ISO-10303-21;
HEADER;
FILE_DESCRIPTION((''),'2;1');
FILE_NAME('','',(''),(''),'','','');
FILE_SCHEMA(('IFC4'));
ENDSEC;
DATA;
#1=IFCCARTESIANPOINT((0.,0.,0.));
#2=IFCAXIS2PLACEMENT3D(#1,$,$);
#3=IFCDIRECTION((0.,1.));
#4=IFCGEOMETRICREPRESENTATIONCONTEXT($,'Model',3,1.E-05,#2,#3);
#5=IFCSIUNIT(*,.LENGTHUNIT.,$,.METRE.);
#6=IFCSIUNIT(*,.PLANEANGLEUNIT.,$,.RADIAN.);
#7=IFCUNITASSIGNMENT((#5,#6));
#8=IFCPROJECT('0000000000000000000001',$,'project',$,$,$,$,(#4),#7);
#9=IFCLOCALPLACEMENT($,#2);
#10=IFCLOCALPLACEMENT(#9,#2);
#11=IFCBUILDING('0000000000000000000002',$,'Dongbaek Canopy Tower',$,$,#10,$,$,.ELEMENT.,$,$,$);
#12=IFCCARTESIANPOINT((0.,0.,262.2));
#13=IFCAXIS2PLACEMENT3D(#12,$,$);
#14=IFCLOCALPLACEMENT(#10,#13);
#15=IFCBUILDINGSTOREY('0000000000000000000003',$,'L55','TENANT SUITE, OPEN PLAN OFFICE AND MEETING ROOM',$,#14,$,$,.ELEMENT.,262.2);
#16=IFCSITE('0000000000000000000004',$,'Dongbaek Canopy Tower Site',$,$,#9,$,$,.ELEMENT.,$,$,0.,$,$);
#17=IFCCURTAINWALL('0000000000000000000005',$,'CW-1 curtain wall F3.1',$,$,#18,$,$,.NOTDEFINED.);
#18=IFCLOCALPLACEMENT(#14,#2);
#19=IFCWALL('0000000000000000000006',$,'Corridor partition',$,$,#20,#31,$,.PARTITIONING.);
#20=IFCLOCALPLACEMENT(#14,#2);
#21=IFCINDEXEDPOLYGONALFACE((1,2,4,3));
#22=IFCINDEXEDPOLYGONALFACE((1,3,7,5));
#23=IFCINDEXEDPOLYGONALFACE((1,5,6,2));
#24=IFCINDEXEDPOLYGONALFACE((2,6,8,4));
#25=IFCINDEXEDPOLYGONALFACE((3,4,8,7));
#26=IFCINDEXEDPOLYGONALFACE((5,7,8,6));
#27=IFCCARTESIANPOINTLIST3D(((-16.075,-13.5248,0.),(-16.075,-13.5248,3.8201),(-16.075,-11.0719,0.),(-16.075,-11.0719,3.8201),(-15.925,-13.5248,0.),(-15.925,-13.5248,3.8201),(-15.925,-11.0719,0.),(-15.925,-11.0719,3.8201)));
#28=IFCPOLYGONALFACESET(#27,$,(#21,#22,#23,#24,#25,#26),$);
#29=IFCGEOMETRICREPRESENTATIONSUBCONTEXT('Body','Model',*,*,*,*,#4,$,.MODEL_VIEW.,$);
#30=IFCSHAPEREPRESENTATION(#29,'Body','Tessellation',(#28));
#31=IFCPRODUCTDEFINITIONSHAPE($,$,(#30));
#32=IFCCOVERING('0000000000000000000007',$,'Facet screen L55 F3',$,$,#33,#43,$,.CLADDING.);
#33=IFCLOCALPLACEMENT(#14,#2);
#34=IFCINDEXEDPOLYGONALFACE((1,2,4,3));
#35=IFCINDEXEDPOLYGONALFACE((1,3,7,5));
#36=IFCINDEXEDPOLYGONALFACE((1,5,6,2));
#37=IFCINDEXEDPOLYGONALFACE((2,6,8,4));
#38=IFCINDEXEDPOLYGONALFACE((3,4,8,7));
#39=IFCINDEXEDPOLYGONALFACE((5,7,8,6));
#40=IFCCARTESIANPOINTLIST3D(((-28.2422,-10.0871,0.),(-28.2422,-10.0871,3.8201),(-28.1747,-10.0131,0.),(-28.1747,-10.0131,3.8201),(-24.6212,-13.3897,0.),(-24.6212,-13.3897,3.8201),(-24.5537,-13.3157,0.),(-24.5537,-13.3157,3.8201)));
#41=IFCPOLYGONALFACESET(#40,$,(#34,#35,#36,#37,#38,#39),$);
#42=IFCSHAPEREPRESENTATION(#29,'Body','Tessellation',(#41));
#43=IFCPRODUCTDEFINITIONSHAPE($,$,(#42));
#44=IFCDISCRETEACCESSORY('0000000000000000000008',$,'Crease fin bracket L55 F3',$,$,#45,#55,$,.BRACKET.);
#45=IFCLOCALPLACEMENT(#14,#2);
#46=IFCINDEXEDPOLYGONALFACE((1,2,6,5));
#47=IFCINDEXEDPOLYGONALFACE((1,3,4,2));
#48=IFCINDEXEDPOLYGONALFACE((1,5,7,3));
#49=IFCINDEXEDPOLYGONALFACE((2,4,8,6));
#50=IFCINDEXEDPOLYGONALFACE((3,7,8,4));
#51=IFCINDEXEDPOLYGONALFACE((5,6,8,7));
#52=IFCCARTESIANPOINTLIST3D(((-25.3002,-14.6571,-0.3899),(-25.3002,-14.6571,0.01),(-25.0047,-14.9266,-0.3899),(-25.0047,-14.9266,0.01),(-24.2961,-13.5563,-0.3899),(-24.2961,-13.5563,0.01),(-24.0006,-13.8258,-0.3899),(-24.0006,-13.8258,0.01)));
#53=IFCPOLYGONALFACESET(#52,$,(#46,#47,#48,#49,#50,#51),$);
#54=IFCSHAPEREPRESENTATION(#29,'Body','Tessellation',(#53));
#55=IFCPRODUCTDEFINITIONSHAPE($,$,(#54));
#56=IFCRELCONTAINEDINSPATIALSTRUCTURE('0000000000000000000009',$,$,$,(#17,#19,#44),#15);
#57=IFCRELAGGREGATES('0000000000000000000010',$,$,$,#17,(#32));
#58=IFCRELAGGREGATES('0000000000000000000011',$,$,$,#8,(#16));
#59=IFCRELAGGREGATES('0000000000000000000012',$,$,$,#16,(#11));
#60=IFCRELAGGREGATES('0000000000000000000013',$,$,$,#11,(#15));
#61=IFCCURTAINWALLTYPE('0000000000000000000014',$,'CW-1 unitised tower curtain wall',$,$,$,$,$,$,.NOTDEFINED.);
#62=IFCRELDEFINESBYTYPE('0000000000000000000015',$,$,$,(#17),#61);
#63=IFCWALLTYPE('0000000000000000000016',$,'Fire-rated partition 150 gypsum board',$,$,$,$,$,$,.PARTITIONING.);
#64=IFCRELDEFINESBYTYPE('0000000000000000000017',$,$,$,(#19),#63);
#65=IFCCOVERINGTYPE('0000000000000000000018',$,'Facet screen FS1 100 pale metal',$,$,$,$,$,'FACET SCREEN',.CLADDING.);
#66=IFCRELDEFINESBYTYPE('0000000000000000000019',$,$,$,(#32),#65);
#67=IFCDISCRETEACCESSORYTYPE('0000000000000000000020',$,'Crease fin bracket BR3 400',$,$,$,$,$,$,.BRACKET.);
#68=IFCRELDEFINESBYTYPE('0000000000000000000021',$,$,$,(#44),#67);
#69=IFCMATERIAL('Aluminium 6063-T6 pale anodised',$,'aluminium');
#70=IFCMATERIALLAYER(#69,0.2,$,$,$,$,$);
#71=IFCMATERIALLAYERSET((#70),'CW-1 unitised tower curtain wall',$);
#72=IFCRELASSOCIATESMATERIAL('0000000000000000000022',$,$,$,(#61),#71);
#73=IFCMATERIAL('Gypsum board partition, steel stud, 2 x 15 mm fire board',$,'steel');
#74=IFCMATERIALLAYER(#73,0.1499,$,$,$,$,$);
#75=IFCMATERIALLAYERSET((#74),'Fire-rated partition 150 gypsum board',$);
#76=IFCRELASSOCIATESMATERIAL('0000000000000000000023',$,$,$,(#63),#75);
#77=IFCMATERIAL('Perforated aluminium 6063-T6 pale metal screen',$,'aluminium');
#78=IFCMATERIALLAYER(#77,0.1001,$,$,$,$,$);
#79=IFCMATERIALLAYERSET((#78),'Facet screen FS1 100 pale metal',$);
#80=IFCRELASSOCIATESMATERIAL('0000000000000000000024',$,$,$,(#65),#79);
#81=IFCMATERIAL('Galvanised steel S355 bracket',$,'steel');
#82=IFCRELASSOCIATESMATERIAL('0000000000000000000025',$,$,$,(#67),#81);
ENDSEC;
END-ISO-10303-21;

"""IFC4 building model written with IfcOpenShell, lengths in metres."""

from ifc_helpers import new_model, si_unit, direction, frame, frame_2d, origin, origin_2d, place, context, subcontext, project, spatial, rectangle, extrude, material, layer, layer_set, type_object, element, aggregate, save


model = new_model("IFC4")

# Units and contexts
model_context = context("Model", 3, precision=1e-05, world=origin(), true_north=direction((0.0, 1.0)))
body_context = subcontext(model_context, "Body", "Model", "MODEL_VIEW")
ifc_project = project(units=[si_unit("LENGTHUNIT", "METRE"), si_unit("PLANEANGLEUNIT", "RADIAN")], contexts=[model_context])

# Site, building, storey
site_placement = place(None, origin())
site = spatial("IfcSite", under=ifc_project, at=site_placement, Name="Dongbaek Canopy Tower Site", CompositionType="ELEMENT", RefElevation=0.0)
building_placement = place(site_placement, origin())
building = spatial("IfcBuilding", under=site, at=building_placement, Name="Dongbaek Canopy Tower", CompositionType="ELEMENT")
storey_placement = place(building_placement, frame((0.0, 0.0, 262.2)))
storey = spatial("IfcBuildingStorey", under=building, at=storey_placement, Name="L55", Description="TENANT SUITE, OPEN PLAN OFFICE AND MEETING ROOM", CompositionType="ELEMENT", Elevation=262.2)

# Curtain wall
ifc_material_1 = material(Name="Aluminium 6063-T6 pale anodised", Category="aluminium")
ifc_layer_1 = layer(ifc_material_1, 0.2)
ifc_layer_set_1 = layer_set([ifc_layer_1], Name="CW-1 unitised tower curtain wall")
curtain_wall_type = type_object("IfcCurtainWallType", Name="CW-1 unitised tower curtain wall", PredefinedType="NOTDEFINED", material=ifc_layer_set_1)
curtain_wall_placement = place(storey_placement, origin())
curtain_wall = element("IfcCurtainWall", 1, at=curtain_wall_placement, inside=storey, type_object=curtain_wall_type, Name="CW-1 curtain wall F3.1", PredefinedType="NOTDEFINED")

# Wall
ifc_material_2 = material(Name="Gypsum board partition, steel stud, 2 x 15 mm fire board", Category="steel")
ifc_layer_2 = layer(ifc_material_2, 0.1499)
ifc_layer_set_2 = layer_set([ifc_layer_2], Name="Fire-rated partition 150 gypsum board")
wall_type_1 = type_object("IfcWallType", Name="Fire-rated partition 150 gypsum board", PredefinedType="PARTITIONING", material=ifc_layer_set_2)
wall_1_placement = place(storey_placement, frame((-16.0, -13.5249, 0.0), z_axis=(0.0, 0.0, 1.0), x_axis=(0.0, 1.0, 0.0)))
element("IfcWall", 2, at=wall_1_placement, inside=storey, type_object=wall_type_1, Name="Corridor partition", PredefinedType="PARTITIONING", context=body_context, shape_type="SweptSolid", body=[
    extrude(rectangle(XDim=2.4529, YDim=0.1499, at=frame_2d((1.2266, 0.0))), origin(), (0.0, 0.0, 1.0), 3.8201),
])

# Covering
ifc_material_3 = material(Name="Perforated aluminium 6063-T6 pale metal screen", Category="aluminium")
ifc_layer_3 = layer(ifc_material_3, 0.1001)
ifc_layer_set_3 = layer_set([ifc_layer_3], Name="Facet screen FS1 100 pale metal")
covering_type = type_object("IfcCoveringType", Name="Facet screen FS1 100 pale metal", ElementType="FACET SCREEN", PredefinedType="CLADDING", material=ifc_layer_set_3)
covering_placement = place(storey_placement, frame((-26.3979, -11.7014, 0.0), z_axis=(0.0, 0.0, 1.0), x_axis=(0.738841, -0.67388, 0.0)))
covering = element("IfcCovering", 3, at=covering_placement, type_object=covering_type, Name="Facet screen L55 F3", PredefinedType="CLADDING", context=body_context, shape_type="SweptSolid", body=[
    extrude(rectangle(XDim=4.9009, YDim=0.1001, at=origin_2d()), origin(), (0.0, 0.0, 1.0), 3.8201),
])
aggregate(curtain_wall, [covering])

# Discrete accessory
ifc_material_4 = material(Name="Galvanised steel S355 bracket", Category="steel")
discrete_accessory_type = type_object("IfcDiscreteAccessoryType", Name="Crease fin bracket BR3 400", PredefinedType="BRACKET", material=ifc_material_4)
discrete_accessory_placement = place(storey_placement, frame((-24.6504, -14.2415, -0.3899), z_axis=(0.0, 0.0, 1.0), x_axis=(-0.67388, -0.738841, 0.0)))
element("IfcDiscreteAccessory", 4, at=discrete_accessory_placement, inside=storey, type_object=discrete_accessory_type, Name="Crease fin bracket L55 F3", PredefinedType="BRACKET", context=body_context, shape_type="SweptSolid", body=[
    extrude(rectangle(XDim=1.49, YDim=0.3999, at=origin_2d()), origin(), (0.0, 0.0, 1.0), 0.3999),
])

save(model, "model.ifc")
